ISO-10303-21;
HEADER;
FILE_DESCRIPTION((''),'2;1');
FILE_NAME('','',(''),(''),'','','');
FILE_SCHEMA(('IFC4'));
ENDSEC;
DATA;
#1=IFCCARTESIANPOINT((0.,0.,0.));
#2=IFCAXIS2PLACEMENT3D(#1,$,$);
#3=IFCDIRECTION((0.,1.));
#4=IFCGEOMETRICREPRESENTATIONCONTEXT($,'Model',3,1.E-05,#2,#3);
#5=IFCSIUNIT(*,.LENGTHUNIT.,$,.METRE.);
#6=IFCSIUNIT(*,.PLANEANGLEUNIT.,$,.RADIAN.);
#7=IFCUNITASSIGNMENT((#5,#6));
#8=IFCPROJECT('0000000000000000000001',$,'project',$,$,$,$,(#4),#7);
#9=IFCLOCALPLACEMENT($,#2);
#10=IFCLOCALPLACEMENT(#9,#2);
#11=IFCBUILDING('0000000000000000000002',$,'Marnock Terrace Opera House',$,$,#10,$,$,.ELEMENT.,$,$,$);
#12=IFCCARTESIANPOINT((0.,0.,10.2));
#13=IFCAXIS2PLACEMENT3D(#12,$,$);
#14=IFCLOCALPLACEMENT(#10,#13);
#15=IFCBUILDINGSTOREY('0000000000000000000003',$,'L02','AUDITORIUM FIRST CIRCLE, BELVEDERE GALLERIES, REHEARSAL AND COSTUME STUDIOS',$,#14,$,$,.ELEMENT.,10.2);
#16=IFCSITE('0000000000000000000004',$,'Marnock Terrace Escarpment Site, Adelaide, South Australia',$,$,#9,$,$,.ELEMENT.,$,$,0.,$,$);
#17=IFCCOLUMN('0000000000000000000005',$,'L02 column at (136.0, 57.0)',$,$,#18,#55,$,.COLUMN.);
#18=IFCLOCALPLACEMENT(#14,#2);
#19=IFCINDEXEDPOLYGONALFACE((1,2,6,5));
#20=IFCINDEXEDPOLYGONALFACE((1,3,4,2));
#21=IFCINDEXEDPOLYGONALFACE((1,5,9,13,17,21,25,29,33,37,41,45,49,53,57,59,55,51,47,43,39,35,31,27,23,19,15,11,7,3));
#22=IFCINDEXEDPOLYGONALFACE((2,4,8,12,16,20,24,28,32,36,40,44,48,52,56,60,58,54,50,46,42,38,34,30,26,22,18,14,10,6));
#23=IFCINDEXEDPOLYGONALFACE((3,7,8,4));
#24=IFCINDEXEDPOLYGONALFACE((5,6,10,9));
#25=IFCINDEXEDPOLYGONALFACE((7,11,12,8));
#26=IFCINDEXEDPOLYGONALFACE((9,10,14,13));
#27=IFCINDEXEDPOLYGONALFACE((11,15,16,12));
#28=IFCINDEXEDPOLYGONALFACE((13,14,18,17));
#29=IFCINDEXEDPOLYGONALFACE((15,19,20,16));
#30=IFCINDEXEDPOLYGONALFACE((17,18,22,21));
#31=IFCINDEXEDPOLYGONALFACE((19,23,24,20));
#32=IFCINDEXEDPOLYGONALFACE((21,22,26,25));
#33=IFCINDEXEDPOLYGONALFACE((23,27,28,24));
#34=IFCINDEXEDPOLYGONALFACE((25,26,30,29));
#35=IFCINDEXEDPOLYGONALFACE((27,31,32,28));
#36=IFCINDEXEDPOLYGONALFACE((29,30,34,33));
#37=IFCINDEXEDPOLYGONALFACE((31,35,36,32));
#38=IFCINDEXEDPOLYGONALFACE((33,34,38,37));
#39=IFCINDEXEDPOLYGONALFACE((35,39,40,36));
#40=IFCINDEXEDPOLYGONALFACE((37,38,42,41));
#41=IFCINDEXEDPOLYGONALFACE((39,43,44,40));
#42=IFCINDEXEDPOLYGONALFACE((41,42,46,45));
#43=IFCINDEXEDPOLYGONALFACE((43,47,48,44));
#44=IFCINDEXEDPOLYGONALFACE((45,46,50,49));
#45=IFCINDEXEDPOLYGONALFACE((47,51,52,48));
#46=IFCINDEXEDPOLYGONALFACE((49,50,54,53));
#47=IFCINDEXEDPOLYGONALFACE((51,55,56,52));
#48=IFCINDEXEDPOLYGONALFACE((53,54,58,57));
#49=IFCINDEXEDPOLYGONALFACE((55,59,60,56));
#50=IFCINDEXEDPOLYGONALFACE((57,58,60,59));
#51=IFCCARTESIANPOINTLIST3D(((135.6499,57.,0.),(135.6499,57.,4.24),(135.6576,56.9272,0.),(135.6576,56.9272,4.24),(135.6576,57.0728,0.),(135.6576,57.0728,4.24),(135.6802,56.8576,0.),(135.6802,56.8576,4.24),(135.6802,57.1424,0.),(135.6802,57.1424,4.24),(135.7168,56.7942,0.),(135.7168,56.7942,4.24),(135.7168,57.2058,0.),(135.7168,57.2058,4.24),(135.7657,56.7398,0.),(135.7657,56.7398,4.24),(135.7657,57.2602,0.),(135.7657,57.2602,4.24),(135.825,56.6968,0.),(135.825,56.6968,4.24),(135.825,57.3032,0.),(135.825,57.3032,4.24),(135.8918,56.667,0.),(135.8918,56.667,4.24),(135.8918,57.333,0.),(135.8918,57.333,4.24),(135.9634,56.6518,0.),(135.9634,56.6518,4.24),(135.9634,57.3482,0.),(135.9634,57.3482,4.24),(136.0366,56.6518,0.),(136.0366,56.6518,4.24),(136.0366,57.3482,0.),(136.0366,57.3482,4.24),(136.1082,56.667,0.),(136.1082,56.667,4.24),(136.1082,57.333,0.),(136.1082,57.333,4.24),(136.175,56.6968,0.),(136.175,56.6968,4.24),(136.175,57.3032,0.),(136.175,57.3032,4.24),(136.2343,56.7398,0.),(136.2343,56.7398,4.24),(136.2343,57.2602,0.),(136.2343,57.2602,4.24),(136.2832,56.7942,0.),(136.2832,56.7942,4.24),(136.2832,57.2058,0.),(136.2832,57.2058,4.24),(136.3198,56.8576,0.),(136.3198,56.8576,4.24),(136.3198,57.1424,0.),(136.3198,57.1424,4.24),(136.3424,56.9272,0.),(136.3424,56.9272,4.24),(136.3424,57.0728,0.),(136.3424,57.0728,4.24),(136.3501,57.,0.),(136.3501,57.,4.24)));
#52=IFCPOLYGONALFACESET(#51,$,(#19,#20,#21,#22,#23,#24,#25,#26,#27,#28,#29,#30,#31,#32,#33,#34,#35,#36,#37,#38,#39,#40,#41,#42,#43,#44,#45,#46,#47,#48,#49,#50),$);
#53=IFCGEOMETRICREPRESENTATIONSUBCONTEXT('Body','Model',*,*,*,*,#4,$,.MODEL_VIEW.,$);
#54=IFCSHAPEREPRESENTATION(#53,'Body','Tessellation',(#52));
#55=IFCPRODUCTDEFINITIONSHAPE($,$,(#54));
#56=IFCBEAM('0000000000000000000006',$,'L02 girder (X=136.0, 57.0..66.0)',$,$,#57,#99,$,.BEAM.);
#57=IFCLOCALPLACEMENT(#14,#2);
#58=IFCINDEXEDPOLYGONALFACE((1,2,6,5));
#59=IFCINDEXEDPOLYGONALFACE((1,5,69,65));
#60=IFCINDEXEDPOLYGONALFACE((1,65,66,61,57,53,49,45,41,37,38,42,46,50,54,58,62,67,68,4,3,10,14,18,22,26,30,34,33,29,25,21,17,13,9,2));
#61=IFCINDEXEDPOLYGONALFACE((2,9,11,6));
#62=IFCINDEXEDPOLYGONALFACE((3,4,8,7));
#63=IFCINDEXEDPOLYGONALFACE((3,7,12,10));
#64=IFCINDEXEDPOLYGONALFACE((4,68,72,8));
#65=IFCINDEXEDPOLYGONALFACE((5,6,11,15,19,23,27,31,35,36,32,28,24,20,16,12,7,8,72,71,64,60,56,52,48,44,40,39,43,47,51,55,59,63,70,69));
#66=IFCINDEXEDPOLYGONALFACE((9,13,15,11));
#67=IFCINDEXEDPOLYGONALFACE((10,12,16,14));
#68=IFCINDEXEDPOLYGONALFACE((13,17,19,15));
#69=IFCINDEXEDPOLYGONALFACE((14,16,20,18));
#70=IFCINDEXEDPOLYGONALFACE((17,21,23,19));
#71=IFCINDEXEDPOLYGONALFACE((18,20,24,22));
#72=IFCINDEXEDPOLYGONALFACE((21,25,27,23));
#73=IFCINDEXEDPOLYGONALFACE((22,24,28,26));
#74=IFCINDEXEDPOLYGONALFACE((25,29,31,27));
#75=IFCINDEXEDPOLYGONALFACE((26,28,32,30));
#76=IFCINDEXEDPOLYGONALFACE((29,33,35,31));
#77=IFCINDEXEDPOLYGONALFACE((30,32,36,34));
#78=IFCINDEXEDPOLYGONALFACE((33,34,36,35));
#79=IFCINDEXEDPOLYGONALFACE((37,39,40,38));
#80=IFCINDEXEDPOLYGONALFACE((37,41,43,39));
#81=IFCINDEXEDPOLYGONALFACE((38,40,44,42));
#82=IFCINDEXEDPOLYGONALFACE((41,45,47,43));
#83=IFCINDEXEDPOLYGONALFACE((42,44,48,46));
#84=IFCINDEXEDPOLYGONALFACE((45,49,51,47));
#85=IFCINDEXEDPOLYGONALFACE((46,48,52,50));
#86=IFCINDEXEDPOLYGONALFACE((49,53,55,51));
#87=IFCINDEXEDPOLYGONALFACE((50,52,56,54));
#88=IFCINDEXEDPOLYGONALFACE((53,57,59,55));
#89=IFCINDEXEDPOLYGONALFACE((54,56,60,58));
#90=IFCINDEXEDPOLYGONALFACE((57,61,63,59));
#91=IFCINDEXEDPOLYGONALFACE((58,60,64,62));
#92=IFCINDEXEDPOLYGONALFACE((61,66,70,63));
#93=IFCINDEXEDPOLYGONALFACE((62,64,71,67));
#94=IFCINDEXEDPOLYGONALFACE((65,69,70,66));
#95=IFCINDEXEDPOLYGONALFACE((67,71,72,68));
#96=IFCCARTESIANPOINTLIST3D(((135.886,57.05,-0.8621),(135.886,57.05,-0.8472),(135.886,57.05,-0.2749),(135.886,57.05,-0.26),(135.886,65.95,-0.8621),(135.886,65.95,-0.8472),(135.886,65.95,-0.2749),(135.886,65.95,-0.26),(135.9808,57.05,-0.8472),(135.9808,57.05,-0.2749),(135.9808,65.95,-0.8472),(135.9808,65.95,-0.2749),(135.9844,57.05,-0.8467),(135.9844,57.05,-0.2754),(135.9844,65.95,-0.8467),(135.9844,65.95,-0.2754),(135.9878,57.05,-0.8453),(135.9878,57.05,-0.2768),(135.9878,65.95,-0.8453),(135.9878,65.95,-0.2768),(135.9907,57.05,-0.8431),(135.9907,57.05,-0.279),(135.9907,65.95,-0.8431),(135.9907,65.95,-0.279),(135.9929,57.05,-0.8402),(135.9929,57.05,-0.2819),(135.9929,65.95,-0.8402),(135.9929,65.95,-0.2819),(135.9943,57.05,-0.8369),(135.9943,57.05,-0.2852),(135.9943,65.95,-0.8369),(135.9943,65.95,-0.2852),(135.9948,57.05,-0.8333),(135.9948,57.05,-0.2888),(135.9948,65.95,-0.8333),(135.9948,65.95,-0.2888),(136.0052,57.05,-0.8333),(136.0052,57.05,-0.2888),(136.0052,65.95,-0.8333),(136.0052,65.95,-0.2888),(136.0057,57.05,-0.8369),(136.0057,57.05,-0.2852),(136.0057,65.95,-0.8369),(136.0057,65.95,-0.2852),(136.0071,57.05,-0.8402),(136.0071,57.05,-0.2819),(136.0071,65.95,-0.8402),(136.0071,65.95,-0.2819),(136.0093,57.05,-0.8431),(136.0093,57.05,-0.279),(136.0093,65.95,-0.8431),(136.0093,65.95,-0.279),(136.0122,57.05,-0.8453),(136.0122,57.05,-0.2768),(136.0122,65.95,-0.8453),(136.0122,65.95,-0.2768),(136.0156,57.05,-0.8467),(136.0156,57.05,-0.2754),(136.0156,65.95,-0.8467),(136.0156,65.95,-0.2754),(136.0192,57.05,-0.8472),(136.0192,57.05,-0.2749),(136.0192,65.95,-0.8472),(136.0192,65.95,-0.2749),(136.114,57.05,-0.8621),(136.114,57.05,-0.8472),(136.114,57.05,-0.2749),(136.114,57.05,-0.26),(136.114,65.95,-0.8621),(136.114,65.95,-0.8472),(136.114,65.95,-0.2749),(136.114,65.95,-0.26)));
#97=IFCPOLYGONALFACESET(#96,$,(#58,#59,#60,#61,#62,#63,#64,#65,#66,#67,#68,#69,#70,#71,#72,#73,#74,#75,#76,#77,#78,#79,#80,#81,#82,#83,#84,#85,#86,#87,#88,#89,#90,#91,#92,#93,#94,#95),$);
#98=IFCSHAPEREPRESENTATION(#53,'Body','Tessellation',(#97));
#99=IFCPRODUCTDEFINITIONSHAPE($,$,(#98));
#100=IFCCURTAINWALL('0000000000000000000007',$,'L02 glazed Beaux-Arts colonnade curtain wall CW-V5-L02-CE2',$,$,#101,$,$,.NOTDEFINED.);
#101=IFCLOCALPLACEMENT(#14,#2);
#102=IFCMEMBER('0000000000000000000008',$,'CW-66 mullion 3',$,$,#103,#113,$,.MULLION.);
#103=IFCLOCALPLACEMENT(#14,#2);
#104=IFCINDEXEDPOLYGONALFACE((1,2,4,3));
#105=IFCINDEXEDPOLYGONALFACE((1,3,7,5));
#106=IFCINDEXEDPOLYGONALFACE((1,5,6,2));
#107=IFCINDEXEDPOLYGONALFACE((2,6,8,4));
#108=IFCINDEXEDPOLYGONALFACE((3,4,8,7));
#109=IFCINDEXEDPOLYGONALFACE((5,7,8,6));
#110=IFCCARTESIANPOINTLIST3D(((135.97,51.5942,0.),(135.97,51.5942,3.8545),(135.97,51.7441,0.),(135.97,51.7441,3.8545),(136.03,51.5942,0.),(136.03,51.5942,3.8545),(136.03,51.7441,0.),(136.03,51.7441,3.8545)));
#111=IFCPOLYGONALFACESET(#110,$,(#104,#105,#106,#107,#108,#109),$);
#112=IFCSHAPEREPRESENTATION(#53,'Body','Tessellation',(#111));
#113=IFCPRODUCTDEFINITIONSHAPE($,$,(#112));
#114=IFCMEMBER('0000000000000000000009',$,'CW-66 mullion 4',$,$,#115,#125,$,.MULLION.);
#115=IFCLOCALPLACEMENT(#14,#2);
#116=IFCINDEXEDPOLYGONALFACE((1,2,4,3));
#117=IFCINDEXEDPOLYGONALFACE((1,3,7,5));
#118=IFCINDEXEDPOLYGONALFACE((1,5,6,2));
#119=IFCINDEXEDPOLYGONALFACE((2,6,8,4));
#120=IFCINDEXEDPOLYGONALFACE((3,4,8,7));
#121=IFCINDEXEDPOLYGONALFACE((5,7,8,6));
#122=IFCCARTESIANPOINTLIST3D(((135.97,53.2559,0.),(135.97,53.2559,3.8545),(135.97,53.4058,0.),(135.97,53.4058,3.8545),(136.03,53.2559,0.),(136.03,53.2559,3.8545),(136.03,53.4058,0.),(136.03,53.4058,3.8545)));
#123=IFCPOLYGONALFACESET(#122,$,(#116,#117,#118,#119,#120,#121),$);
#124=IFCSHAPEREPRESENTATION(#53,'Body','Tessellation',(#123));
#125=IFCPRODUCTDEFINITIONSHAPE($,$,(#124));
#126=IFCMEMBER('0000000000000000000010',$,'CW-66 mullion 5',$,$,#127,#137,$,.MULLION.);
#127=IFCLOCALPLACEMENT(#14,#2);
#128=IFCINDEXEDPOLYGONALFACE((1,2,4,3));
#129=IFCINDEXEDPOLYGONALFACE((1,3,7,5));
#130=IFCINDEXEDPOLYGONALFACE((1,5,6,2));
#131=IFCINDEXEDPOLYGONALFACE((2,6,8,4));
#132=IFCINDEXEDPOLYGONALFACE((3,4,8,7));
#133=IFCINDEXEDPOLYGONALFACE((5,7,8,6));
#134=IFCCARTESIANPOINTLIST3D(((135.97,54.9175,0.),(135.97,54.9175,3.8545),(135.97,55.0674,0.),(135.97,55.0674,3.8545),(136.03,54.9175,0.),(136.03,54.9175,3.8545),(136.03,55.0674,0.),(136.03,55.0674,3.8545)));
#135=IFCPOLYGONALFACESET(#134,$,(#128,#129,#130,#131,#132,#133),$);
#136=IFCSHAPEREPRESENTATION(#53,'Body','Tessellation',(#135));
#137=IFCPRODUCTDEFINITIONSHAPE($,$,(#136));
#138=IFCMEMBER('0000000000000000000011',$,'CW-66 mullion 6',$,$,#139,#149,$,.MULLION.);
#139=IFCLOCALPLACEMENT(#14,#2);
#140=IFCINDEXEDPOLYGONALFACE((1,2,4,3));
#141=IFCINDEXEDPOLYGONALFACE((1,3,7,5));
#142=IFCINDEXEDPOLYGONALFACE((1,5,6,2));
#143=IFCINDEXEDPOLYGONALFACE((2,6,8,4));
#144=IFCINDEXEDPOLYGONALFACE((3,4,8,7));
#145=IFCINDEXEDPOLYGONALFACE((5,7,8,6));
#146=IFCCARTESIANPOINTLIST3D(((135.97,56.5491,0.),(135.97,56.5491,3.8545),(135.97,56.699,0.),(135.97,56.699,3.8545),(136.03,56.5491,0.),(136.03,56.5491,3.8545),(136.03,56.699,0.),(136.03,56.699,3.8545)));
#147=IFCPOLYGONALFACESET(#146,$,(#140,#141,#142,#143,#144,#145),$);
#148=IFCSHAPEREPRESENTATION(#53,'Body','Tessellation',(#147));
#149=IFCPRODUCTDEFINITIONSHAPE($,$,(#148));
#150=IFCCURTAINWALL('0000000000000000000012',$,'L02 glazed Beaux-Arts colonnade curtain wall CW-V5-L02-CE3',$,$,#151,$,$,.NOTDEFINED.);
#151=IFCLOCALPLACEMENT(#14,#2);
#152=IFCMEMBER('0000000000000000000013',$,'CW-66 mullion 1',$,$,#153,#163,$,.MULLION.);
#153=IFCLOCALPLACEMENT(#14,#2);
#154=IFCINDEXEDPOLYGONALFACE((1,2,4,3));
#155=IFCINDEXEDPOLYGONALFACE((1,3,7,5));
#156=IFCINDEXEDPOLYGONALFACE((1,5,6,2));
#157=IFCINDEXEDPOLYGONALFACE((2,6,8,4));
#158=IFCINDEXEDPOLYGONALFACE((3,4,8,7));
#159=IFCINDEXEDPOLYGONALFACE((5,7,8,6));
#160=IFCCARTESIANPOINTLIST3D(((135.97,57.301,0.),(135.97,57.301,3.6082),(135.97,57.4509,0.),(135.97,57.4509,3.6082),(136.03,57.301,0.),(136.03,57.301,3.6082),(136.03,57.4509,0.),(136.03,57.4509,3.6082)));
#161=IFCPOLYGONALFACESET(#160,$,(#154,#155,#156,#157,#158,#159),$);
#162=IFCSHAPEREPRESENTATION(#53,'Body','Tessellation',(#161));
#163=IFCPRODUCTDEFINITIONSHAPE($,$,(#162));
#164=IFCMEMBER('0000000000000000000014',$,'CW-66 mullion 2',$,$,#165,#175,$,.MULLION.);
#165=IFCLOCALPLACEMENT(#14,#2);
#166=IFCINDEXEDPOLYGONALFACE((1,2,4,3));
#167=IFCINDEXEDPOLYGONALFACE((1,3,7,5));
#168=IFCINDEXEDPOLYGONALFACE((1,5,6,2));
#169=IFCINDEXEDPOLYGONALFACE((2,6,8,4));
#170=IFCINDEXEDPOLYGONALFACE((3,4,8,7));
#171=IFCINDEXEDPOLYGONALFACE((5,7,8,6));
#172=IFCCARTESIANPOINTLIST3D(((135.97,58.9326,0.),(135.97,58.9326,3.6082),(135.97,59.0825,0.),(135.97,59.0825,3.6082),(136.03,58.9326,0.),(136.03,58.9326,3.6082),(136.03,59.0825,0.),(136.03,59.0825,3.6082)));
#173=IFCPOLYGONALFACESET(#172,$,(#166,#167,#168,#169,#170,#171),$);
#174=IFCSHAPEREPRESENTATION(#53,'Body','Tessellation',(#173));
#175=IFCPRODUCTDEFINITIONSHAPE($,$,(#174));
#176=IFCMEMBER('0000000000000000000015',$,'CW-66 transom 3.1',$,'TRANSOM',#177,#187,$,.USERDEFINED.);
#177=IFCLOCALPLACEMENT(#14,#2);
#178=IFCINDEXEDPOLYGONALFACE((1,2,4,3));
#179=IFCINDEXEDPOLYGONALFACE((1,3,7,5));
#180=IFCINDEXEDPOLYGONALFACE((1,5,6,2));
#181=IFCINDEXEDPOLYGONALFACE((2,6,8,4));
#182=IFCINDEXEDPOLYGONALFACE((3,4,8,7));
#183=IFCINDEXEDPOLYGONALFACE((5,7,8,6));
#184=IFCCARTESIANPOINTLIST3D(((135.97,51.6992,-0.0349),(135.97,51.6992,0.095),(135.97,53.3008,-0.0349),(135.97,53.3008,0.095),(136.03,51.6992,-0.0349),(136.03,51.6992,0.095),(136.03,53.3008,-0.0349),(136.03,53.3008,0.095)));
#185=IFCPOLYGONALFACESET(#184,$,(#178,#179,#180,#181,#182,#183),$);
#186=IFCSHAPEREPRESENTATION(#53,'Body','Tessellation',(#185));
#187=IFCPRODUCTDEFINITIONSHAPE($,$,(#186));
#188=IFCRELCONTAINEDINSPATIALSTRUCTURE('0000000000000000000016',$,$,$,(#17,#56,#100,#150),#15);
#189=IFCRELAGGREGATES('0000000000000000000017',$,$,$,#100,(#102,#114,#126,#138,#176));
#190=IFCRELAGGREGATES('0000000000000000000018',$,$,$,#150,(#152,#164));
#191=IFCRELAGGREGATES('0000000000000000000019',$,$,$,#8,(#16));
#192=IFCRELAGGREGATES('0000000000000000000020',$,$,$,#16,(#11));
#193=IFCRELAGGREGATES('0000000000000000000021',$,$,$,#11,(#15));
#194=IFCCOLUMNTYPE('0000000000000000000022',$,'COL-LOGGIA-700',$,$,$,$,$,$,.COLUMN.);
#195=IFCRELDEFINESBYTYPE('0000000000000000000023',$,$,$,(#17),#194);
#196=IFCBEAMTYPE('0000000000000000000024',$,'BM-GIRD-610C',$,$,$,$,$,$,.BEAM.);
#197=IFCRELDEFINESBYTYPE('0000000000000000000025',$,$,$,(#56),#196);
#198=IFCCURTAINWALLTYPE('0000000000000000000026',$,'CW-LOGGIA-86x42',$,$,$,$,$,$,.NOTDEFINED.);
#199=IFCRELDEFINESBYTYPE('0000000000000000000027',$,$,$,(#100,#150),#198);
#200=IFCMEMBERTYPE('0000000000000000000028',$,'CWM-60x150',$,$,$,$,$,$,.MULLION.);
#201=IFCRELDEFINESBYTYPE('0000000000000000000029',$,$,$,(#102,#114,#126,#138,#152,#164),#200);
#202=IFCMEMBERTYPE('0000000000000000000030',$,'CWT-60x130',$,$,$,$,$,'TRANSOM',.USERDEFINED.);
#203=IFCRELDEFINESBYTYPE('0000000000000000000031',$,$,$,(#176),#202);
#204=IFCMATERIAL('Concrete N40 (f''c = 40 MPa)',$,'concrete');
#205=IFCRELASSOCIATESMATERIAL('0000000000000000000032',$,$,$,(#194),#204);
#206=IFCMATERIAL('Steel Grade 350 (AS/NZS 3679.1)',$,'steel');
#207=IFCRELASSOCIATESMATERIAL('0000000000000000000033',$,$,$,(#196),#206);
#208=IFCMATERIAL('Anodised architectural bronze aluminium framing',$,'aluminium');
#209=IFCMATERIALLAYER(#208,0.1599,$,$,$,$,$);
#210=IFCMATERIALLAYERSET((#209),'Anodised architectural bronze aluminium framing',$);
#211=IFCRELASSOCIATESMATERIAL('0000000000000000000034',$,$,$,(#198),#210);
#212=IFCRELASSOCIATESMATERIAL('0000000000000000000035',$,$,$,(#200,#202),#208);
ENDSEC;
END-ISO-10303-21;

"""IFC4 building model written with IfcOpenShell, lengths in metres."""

from ifc_helpers import new_model, si_unit, direction, frame, origin, origin_2d, place, context, subcontext, project, spatial, rectangle, circle, i_section, extrude, material, layer, layer_set, material_profile, profile_set, type_object, element, aggregate, save


model = new_model("IFC4")

# Units and contexts
model_context = context("Model", 3, precision=1e-05, world=origin(), true_north=direction((0.0, 1.0)))
body_context = subcontext(model_context, "Body", "Model", "MODEL_VIEW")
ifc_project = project(units=[si_unit("LENGTHUNIT", "METRE"), si_unit("PLANEANGLEUNIT", "RADIAN")], contexts=[model_context])

# Site, building, storey
site_placement = place(None, origin())
site = spatial("IfcSite", under=ifc_project, at=site_placement, Name="Marnock Terrace Escarpment Site, Adelaide, South Australia", CompositionType="ELEMENT", RefElevation=0.0)
building_placement = place(site_placement, origin())
building = spatial("IfcBuilding", under=site, at=building_placement, Name="Marnock Terrace Opera House", CompositionType="ELEMENT")
storey_placement = place(building_placement, frame((0.0, 0.0, 10.2)))
storey = spatial("IfcBuildingStorey", under=building, at=storey_placement, Name="L02", Description="AUDITORIUM FIRST CIRCLE, BELVEDERE GALLERIES, REHEARSAL AND COSTUME STUDIOS", CompositionType="ELEMENT", Elevation=10.2)

# Column
ifc_material_1 = material(Name="Concrete N40 (f'c = 40 MPa)", Category="concrete")
ifc_material_profile_1 = material_profile(ifc_material_1, circle(Radius=0.3501, at=origin_2d()))
ifc_profile_set_1 = profile_set([ifc_material_profile_1], Name="Concrete N40 (f'c = 40 MPa)")
column_type = type_object("IfcColumnType", Name="COL-LOGGIA-700", PredefinedType="COLUMN", material=ifc_profile_set_1)
column_placement = place(storey_placement, frame((136.0, 57.0, 0.0), z_axis=(0.0, 0.0, 1.0), x_axis=(1.0, 0.0, 0.0)))
element("IfcColumn", 1, at=column_placement, inside=storey, type_object=column_type, Name="L02 column at (136.0, 57.0)", PredefinedType="COLUMN", context=body_context, shape_type="SweptSolid", body=[
    extrude(circle(Radius=0.3501, at=origin_2d()), origin(), (0.0, 0.0, 1.0), 4.24),
])

# Beam
ifc_material_2 = material(Name="Steel Grade 350 (AS/NZS 3679.1)", Category="steel")
ifc_material_profile_2 = material_profile(ifc_material_2, i_section(OverallWidth=0.228, OverallDepth=0.6021, WebThickness=0.0105, FlangeThickness=0.0149, FilletRadius=0.0139, at=origin_2d()))
ifc_profile_set_2 = profile_set([ifc_material_profile_2], Name="Steel Grade 350 (AS/NZS 3679.1)")
beam_type = type_object("IfcBeamType", Name="BM-GIRD-610C", PredefinedType="BEAM", material=ifc_profile_set_2)
beam_placement = place(storey_placement, frame((136.0, 57.05, -0.561), z_axis=(0.0, 1.0, 0.0), x_axis=(-1.0, 0.0, 0.0)))
element("IfcBeam", 2, at=beam_placement, inside=storey, type_object=beam_type, Name="L02 girder (X=136.0, 57.0..66.0)", PredefinedType="BEAM", context=body_context, shape_type="SweptSolid", body=[
    extrude(i_section(OverallWidth=0.228, OverallDepth=0.6021, WebThickness=0.0105, FlangeThickness=0.0149, FilletRadius=0.0139, at=origin_2d()), origin(), (0.0, 0.0, 1.0), 8.8999),
])

# Curtain walls, members
ifc_material_3 = material(Name="Anodised architectural bronze aluminium framing", Category="aluminium")
ifc_layer_1 = layer(ifc_material_3, 0.1599)
ifc_layer_set_1 = layer_set([ifc_layer_1], Name="Anodised architectural bronze aluminium framing")
curtain_wall_type = type_object("IfcCurtainWallType", Name="CW-LOGGIA-86x42", PredefinedType="NOTDEFINED", material=ifc_layer_set_1)
curtain_wall_1_placement = place(storey_placement, origin())
curtain_wall_1 = element("IfcCurtainWall", 3, at=curtain_wall_1_placement, inside=storey, type_object=curtain_wall_type, Name="L02 glazed Beaux-Arts colonnade curtain wall CW-V5-L02-CE2", PredefinedType="NOTDEFINED")
ifc_material_profile_3 = material_profile(ifc_material_3, rectangle(XDim=0.0601, YDim=0.1499, at=origin_2d()))
ifc_profile_set_3 = profile_set([ifc_material_profile_3], Name="Anodised architectural bronze aluminium framing")
member_type_1 = type_object("IfcMemberType", Name="CWM-60x150", PredefinedType="MULLION", material=ifc_profile_set_3)
member_1_placement = place(storey_placement, frame((136.0, 51.6692, 0.0), z_axis=(0.0, 0.0, 1.0), x_axis=(-1.0, 0.0, 0.0)))
member_1 = element("IfcMember", 4, at=member_1_placement, type_object=member_type_1, Name="CW-66 mullion 3", PredefinedType="MULLION", context=body_context, shape_type="SweptSolid", body=[
    extrude(rectangle(XDim=0.0601, YDim=0.1499, at=origin_2d()), origin(), (0.0, 0.0, 1.0), 3.8545),
])
member_2_placement = place(storey_placement, frame((136.0, 53.3308, 0.0), z_axis=(0.0, 0.0, 1.0), x_axis=(-1.0, 0.0, 0.0)))
member_2 = element("IfcMember", 5, at=member_2_placement, type_object=member_type_1, Name="CW-66 mullion 4", PredefinedType="MULLION", context=body_context, shape_type="SweptSolid", body=[
    extrude(rectangle(XDim=0.0601, YDim=0.1499, at=origin_2d()), origin(), (0.0, 0.0, 1.0), 3.8545),
])
member_3_placement = place(storey_placement, frame((136.0, 54.9924, 0.0), z_axis=(0.0, 0.0, 1.0), x_axis=(-1.0, 0.0, 0.0)))
member_3 = element("IfcMember", 6, at=member_3_placement, type_object=member_type_1, Name="CW-66 mullion 5", PredefinedType="MULLION", context=body_context, shape_type="SweptSolid", body=[
    extrude(rectangle(XDim=0.0601, YDim=0.1499, at=origin_2d()), origin(), (0.0, 0.0, 1.0), 3.8545),
])
member_4_placement = place(storey_placement, frame((136.0, 56.624, 0.0), z_axis=(0.0, 0.0, 1.0), x_axis=(-1.0, 0.0, 0.0)))
member_4 = element("IfcMember", 7, at=member_4_placement, type_object=member_type_1, Name="CW-66 mullion 6", PredefinedType="MULLION", context=body_context, shape_type="SweptSolid", body=[
    extrude(rectangle(XDim=0.0601, YDim=0.1499, at=origin_2d()), origin(), (0.0, 0.0, 1.0), 3.8545),
])
curtain_wall_2_placement = place(storey_placement, origin())
curtain_wall_2 = element("IfcCurtainWall", 8, at=curtain_wall_2_placement, inside=storey, type_object=curtain_wall_type, Name="L02 glazed Beaux-Arts colonnade curtain wall CW-V5-L02-CE3", PredefinedType="NOTDEFINED")
member_5_placement = place(storey_placement, frame((136.0, 57.376, 0.0), z_axis=(0.0, 0.0, 1.0), x_axis=(-1.0, 0.0, 0.0)))
member_5 = element("IfcMember", 9, at=member_5_placement, type_object=member_type_1, Name="CW-66 mullion 1", PredefinedType="MULLION", context=body_context, shape_type="SweptSolid", body=[
    extrude(rectangle(XDim=0.0601, YDim=0.1499, at=origin_2d()), origin(), (0.0, 0.0, 1.0), 3.6082),
])
member_6_placement = place(storey_placement, frame((136.0, 59.0076, 0.0), z_axis=(0.0, 0.0, 1.0), x_axis=(-1.0, 0.0, 0.0)))
member_6 = element("IfcMember", 10, at=member_6_placement, type_object=member_type_1, Name="CW-66 mullion 2", PredefinedType="MULLION", context=body_context, shape_type="SweptSolid", body=[
    extrude(rectangle(XDim=0.0601, YDim=0.1499, at=origin_2d()), origin(), (0.0, 0.0, 1.0), 3.6082),
])

# Member
ifc_material_profile_4 = material_profile(ifc_material_3, rectangle(XDim=0.0601, YDim=0.1299, at=origin_2d()))
ifc_profile_set_4 = profile_set([ifc_material_profile_4], Name="Anodised architectural bronze aluminium framing")
member_type_2 = type_object("IfcMemberType", Name="CWT-60x130", ElementType="TRANSOM", PredefinedType="USERDEFINED", material=ifc_profile_set_4)
member_7_placement = place(storey_placement, frame((136.0, 51.6992, 0.03), z_axis=(0.0, 1.0, 0.0), x_axis=(-1.0, 0.0, 0.0)))
member_7 = element("IfcMember", 11, at=member_7_placement, type_object=member_type_2, Name="CW-66 transom 3.1", ObjectType="TRANSOM", PredefinedType="USERDEFINED", context=body_context, shape_type="SweptSolid", body=[
    extrude(rectangle(XDim=0.0601, YDim=0.1299, at=origin_2d()), origin(), (0.0, 0.0, 1.0), 1.6016),
])

aggregate(curtain_wall_1, [member_1, member_2, member_3, member_4, member_7])
aggregate(curtain_wall_2, [member_5, member_6])

save(model, "model.ifc")
